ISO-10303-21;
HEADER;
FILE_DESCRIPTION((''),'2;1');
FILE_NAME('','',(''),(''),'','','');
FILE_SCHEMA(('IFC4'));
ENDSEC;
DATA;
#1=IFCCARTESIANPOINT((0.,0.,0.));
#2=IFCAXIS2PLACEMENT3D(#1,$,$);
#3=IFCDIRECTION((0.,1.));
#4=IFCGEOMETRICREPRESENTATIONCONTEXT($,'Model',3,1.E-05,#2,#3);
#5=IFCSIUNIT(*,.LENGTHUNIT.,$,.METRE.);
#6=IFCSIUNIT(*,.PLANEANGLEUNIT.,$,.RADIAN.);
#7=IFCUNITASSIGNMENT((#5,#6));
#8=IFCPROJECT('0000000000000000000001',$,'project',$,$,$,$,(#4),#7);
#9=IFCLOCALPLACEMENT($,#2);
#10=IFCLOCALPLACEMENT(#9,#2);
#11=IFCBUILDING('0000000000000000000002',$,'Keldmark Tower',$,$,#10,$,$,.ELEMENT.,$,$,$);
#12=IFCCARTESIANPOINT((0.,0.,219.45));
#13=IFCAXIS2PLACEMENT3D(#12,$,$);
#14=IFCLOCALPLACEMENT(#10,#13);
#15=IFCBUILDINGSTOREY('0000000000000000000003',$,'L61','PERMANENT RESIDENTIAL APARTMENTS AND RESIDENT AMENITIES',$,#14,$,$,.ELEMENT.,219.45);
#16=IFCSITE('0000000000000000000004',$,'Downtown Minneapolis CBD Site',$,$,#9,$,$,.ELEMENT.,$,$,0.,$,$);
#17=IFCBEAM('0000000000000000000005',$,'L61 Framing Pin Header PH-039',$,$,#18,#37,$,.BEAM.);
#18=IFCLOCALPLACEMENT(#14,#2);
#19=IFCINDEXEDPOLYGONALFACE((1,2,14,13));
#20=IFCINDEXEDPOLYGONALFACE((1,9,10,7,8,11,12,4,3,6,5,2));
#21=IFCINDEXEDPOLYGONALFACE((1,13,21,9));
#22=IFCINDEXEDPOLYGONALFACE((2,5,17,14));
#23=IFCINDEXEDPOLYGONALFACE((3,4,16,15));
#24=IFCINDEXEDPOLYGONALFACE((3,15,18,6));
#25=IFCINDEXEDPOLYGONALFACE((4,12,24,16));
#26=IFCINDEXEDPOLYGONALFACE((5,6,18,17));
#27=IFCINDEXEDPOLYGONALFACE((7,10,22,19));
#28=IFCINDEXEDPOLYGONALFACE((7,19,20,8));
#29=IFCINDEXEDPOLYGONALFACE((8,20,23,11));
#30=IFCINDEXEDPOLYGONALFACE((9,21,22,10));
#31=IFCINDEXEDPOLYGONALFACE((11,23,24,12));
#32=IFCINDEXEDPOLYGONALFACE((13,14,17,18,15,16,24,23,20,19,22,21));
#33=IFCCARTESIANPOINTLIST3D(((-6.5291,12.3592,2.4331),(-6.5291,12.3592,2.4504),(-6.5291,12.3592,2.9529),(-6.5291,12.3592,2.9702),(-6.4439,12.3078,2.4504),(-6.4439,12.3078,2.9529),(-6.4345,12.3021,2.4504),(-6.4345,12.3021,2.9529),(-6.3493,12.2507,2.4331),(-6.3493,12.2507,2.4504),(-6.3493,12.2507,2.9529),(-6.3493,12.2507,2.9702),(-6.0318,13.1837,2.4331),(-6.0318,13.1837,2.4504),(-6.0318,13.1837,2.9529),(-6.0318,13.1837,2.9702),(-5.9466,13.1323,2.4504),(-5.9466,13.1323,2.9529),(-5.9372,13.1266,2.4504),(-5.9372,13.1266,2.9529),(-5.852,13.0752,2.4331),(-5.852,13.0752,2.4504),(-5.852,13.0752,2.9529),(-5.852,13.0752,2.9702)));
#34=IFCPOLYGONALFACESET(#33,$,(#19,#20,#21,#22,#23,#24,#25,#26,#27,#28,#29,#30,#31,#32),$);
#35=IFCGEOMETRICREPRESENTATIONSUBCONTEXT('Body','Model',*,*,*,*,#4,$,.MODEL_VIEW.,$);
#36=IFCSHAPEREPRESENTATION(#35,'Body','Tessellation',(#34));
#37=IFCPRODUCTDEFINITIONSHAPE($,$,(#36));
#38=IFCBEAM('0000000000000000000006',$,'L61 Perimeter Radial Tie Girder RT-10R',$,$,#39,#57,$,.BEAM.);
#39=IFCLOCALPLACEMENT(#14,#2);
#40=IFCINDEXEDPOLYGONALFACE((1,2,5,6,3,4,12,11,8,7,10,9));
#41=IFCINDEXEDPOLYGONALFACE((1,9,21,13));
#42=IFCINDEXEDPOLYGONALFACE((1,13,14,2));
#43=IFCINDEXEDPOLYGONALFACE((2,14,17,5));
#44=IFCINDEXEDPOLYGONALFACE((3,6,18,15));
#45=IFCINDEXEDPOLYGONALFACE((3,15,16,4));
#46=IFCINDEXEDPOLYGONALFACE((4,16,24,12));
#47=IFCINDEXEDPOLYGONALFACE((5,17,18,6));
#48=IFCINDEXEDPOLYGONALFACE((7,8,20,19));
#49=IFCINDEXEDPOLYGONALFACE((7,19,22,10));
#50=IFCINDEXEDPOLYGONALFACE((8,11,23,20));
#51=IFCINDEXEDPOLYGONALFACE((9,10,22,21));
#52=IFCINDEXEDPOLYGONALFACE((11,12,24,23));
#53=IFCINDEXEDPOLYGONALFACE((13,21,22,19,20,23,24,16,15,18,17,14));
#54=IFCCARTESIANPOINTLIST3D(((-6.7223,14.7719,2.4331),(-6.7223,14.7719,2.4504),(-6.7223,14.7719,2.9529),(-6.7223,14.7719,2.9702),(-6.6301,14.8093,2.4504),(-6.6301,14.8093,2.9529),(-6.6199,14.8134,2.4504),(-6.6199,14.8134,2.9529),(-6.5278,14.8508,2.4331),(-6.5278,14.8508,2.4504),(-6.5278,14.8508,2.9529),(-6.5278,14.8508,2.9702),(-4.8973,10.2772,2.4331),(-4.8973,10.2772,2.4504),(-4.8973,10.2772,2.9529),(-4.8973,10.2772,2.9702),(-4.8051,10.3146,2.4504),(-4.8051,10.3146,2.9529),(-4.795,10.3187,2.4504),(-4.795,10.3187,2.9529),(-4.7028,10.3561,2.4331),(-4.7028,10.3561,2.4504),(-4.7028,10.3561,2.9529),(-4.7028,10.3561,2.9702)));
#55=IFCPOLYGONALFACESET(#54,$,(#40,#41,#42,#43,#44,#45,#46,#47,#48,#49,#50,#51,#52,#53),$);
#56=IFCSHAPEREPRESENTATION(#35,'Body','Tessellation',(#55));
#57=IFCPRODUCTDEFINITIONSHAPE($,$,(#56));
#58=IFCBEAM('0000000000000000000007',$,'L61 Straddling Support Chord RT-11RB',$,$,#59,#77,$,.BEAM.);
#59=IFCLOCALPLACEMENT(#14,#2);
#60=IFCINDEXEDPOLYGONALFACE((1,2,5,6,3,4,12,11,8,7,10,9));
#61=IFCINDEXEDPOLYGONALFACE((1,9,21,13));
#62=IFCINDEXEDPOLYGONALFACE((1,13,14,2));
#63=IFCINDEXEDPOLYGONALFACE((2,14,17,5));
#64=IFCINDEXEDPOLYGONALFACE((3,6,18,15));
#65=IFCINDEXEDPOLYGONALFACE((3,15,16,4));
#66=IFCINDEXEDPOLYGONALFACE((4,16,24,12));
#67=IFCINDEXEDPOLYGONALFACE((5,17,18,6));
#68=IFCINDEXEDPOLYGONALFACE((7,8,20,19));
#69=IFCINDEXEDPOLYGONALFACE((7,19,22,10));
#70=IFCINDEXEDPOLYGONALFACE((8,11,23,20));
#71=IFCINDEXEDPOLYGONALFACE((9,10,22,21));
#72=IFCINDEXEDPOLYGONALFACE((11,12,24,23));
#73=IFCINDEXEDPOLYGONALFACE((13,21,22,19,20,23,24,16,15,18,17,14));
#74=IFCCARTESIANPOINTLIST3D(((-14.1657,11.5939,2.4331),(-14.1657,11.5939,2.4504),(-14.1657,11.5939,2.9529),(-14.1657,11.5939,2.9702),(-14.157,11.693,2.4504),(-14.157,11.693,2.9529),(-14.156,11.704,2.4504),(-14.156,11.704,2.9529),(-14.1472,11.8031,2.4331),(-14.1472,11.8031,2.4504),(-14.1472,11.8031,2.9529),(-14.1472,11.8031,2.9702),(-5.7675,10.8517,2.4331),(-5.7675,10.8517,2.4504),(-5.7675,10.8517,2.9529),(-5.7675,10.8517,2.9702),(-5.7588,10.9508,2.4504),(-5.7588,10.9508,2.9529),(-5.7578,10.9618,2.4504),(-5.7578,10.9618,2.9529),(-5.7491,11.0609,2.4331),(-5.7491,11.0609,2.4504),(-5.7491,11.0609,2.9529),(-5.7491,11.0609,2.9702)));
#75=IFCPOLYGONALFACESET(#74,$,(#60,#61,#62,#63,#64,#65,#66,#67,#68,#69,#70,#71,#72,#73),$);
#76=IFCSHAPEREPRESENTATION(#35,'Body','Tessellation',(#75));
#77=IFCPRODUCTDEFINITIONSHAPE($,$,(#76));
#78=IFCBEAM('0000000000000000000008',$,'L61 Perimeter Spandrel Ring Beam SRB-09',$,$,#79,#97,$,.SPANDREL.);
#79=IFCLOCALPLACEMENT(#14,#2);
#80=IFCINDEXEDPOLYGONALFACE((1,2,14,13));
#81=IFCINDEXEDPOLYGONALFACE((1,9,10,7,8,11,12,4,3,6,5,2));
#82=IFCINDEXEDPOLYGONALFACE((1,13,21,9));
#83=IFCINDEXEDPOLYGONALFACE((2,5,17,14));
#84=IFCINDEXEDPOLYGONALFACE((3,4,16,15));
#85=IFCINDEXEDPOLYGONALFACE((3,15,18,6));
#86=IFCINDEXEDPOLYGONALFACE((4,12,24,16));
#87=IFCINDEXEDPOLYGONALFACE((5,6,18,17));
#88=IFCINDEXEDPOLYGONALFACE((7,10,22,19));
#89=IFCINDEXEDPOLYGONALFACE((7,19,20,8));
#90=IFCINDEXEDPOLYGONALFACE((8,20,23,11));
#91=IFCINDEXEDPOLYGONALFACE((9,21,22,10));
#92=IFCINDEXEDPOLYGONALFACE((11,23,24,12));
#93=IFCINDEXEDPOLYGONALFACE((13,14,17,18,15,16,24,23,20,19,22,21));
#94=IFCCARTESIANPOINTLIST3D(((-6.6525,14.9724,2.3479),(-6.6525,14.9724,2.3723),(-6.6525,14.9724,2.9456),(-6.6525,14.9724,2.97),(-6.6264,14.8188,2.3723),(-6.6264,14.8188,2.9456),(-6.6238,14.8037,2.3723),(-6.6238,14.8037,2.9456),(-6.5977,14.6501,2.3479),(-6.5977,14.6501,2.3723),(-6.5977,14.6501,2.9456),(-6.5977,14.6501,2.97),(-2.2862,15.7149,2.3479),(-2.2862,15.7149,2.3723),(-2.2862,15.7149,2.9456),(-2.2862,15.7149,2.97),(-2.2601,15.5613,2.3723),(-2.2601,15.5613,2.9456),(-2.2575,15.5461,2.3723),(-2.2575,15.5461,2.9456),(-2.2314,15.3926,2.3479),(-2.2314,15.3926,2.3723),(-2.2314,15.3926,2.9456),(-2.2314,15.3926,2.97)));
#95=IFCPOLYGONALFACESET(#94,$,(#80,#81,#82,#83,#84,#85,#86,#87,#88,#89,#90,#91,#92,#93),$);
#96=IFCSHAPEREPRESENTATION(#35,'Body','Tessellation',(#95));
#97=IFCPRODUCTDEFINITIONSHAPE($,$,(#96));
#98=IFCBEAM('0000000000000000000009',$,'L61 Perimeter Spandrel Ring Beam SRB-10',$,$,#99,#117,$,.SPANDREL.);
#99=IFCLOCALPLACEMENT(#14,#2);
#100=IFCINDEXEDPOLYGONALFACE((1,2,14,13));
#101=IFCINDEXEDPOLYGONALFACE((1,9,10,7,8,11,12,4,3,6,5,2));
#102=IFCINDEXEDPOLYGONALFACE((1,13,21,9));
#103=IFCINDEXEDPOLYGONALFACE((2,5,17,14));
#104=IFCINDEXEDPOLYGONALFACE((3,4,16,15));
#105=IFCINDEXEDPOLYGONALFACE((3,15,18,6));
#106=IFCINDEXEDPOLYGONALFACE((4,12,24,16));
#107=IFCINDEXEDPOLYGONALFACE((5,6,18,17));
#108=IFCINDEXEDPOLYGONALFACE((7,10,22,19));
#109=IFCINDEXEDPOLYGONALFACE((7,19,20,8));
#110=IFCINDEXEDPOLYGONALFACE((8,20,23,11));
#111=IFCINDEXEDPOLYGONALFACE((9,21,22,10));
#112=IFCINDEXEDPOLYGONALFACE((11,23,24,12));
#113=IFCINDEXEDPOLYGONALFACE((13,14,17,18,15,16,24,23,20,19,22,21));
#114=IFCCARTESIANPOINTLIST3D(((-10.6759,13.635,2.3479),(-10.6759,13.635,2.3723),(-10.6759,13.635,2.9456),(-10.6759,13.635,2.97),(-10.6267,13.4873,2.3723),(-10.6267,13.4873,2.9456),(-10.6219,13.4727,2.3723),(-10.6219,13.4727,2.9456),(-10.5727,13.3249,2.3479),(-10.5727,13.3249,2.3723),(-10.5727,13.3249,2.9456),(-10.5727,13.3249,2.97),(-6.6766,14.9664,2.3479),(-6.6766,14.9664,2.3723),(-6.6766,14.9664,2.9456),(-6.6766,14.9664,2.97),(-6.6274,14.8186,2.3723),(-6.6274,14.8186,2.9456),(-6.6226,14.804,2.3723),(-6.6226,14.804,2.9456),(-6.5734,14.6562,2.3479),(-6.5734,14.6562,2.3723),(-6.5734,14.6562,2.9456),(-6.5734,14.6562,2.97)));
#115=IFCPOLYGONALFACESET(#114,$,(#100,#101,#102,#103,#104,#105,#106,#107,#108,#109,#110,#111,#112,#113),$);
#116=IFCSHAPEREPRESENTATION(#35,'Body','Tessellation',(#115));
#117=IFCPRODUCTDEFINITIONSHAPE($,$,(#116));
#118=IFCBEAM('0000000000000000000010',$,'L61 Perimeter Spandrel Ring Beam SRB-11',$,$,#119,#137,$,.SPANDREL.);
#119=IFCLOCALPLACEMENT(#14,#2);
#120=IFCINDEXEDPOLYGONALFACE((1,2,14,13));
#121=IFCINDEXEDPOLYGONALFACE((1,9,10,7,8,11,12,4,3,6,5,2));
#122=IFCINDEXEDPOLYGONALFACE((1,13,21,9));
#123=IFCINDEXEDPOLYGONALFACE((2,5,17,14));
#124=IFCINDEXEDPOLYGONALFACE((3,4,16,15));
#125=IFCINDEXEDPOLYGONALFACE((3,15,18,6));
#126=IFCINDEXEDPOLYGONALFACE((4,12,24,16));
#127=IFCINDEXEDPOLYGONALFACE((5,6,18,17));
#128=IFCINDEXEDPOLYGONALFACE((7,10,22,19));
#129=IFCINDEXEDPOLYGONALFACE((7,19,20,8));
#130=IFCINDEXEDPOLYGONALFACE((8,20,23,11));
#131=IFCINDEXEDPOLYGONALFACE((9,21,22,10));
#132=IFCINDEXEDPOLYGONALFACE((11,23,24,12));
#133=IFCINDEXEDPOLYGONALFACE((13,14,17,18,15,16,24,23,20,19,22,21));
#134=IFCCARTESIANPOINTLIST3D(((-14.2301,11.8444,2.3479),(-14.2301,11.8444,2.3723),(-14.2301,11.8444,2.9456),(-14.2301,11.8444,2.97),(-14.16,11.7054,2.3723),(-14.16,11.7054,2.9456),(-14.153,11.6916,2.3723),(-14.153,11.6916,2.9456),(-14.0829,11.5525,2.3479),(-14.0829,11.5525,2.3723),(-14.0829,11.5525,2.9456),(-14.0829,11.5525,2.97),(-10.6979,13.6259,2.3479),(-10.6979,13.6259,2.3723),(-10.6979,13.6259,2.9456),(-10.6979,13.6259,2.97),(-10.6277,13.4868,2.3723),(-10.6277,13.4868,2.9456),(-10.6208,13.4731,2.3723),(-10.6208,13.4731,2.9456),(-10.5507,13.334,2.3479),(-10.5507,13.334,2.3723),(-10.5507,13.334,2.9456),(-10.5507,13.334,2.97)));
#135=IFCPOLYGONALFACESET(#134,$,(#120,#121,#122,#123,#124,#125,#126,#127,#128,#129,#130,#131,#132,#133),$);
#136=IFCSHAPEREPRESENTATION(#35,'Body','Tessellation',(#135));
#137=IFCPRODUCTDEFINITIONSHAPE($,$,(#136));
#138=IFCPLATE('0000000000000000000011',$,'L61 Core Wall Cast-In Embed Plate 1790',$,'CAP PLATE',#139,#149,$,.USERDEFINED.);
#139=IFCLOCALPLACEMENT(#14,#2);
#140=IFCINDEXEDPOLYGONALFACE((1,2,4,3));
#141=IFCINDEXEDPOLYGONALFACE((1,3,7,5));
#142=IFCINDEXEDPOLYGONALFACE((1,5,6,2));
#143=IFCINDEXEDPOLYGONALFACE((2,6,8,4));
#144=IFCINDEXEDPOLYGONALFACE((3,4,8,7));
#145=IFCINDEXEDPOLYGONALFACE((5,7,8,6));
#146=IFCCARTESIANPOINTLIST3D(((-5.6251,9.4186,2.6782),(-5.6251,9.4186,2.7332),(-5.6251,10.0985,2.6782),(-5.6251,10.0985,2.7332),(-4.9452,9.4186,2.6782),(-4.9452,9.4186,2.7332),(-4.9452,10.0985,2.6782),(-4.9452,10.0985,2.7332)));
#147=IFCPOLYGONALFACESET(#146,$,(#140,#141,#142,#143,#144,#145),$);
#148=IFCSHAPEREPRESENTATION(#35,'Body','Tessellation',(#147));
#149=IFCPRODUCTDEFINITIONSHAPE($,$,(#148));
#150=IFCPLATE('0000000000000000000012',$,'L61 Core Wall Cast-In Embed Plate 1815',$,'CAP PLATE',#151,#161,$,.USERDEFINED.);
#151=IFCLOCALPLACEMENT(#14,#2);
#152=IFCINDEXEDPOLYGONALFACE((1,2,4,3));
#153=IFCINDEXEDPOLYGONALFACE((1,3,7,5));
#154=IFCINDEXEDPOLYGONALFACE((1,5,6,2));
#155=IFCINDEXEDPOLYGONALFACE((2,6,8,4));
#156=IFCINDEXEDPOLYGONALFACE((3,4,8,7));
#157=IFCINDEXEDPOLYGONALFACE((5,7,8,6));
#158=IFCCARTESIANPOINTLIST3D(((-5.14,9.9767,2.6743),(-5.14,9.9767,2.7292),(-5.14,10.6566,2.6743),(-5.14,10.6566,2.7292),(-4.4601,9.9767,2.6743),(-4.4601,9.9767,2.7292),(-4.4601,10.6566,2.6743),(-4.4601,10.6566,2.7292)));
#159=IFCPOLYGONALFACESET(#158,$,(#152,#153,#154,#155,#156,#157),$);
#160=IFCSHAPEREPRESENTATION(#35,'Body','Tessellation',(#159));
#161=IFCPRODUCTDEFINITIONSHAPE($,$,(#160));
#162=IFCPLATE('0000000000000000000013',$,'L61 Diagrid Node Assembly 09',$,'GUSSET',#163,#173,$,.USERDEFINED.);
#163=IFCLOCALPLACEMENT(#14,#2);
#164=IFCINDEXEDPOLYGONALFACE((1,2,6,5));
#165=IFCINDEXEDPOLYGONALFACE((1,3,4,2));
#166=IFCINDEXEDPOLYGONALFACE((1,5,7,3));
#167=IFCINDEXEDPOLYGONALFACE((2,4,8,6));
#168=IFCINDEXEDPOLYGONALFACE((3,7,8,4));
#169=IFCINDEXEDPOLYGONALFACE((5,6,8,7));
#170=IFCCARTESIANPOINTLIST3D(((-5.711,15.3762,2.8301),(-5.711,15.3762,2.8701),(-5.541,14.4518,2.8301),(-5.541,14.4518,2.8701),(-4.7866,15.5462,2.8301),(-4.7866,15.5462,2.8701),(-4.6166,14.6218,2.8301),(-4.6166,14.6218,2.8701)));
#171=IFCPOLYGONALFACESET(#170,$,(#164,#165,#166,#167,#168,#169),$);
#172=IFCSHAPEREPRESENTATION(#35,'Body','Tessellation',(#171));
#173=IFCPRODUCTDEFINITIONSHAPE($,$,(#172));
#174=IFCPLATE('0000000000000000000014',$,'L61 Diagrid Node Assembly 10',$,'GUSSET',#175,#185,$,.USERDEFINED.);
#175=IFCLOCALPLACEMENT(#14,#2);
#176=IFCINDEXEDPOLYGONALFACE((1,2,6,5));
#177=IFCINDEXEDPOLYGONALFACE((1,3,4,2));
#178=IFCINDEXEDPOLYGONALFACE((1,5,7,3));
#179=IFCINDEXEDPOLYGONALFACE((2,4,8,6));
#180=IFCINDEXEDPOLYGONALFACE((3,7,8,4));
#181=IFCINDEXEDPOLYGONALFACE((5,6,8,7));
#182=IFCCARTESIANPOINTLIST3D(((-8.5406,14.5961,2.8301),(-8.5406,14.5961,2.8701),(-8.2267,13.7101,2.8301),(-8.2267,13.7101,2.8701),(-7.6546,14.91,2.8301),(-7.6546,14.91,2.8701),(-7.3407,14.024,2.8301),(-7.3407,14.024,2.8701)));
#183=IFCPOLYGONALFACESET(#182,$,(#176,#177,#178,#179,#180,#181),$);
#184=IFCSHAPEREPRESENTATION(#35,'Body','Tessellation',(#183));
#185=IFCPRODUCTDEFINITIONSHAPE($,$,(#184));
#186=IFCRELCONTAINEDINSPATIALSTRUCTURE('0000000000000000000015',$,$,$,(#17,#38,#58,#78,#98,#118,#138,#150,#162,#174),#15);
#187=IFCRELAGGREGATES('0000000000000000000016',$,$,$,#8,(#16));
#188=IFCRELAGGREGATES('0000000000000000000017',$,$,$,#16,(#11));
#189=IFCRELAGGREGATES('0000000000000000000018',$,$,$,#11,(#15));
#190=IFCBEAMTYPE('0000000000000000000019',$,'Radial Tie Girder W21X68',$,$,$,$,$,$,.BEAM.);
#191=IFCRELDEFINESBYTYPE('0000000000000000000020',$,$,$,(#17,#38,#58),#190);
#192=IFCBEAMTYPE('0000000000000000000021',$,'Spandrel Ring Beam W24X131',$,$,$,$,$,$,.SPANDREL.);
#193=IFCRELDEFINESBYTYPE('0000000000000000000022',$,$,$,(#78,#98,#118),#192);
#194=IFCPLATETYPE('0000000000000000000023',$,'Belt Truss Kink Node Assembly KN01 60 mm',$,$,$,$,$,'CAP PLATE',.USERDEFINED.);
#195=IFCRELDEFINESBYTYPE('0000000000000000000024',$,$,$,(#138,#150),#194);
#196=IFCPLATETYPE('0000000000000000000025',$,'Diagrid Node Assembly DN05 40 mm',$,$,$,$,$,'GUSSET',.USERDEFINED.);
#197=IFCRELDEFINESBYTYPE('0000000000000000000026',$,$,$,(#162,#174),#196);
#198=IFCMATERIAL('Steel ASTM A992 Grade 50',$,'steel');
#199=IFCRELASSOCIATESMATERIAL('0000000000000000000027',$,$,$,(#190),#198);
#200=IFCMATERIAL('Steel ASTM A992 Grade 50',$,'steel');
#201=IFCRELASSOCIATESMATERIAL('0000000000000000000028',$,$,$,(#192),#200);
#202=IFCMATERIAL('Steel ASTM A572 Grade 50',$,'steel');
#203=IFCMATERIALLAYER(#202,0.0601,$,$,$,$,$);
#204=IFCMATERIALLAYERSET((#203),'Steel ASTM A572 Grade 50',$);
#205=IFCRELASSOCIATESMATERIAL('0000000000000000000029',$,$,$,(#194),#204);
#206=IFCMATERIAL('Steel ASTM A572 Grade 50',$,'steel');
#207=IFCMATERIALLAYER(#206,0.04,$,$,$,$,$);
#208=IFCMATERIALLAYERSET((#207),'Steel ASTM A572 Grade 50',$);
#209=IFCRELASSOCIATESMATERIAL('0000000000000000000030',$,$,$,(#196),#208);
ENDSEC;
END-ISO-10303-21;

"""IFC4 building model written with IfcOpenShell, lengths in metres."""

from ifc_helpers import new_model, si_unit, direction, frame, origin, origin_2d, place, context, subcontext, project, spatial, rectangle, i_section, extrude, material, layer, layer_set, material_profile, profile_set, type_object, element, save


model = new_model("IFC4")

# Units and contexts
model_context = context("Model", 3, precision=1e-05, world=origin(), true_north=direction((0.0, 1.0)))
body_context = subcontext(model_context, "Body", "Model", "MODEL_VIEW")
ifc_project = project(units=[si_unit("LENGTHUNIT", "METRE"), si_unit("PLANEANGLEUNIT", "RADIAN")], contexts=[model_context])

# Site, building, storey
site_placement = place(None, origin())
site = spatial("IfcSite", under=ifc_project, at=site_placement, Name="Downtown Minneapolis CBD Site", CompositionType="ELEMENT", RefElevation=0.0)
building_placement = place(site_placement, origin())
building = spatial("IfcBuilding", under=site, at=building_placement, Name="Keldmark Tower", CompositionType="ELEMENT")
storey_placement = place(building_placement, frame((0.0, 0.0, 219.45)))
storey = spatial("IfcBuildingStorey", under=building, at=storey_placement, Name="L61", Description="PERMANENT RESIDENTIAL APARTMENTS AND RESIDENT AMENITIES", CompositionType="ELEMENT", Elevation=219.45)

# Beams
ifc_material_1 = material(Name="Steel ASTM A992 Grade 50", Category="steel")
ifc_material_profile_1 = material_profile(ifc_material_1, i_section(OverallWidth=0.21, OverallDepth=0.5371, WebThickness=0.011, FlangeThickness=0.0173, at=origin_2d()), Name="W21X68")
ifc_profile_set_1 = profile_set([ifc_material_profile_1], Name="Steel ASTM A992 Grade 50")
beam_type_1 = type_object("IfcBeamType", Name="Radial Tie Girder W21X68", PredefinedType="BEAM", material=ifc_profile_set_1)
beam_1_placement = place(storey_placement, frame((-6.4392, 12.3049, 2.7017), z_axis=(0.516508, 0.856282, 0.0), x_axis=(-0.856282, 0.516508, 0.0)))
element("IfcBeam", 1, at=beam_1_placement, inside=storey, type_object=beam_type_1, Name="L61 Framing Pin Header PH-039", PredefinedType="BEAM", context=body_context, shape_type="SweptSolid", body=[
    extrude(i_section(OverallWidth=0.21, OverallDepth=0.5371, WebThickness=0.011, FlangeThickness=0.0173, at=origin_2d()), origin(), (0.0, 0.0, 1.0), 0.9629),
])
beam_2_placement = place(storey_placement, frame((-4.8, 10.3167, 2.7017), z_axis=(-0.376202, 0.926538, 0.0), x_axis=(-0.926538, -0.376202, 0.0)))
element("IfcBeam", 2, at=beam_2_placement, inside=storey, type_object=beam_type_1, Name="L61 Perimeter Radial Tie Girder RT-10R", PredefinedType="BEAM", context=body_context, shape_type="SweptSolid", body=[
    extrude(i_section(OverallWidth=0.21, OverallDepth=0.5371, WebThickness=0.011, FlangeThickness=0.0173, at=origin_2d()), origin(), (0.0, 0.0, 1.0), 4.8511),
])
beam_3_placement = place(storey_placement, frame((-5.7583, 10.9563, 2.7017), z_axis=(-0.996118, 0.088032, 0.0), x_axis=(-0.088032, -0.996118, 0.0)))
element("IfcBeam", 3, at=beam_3_placement, inside=storey, type_object=beam_type_1, Name="L61 Straddling Support Chord RT-11RB", PredefinedType="BEAM", context=body_context, shape_type="SweptSolid", body=[
    extrude(i_section(OverallWidth=0.21, OverallDepth=0.5371, WebThickness=0.011, FlangeThickness=0.0173, at=origin_2d()), origin(), (0.0, 0.0, 1.0), 8.4309),
])
ifc_material_2 = material(Name="Steel ASTM A992 Grade 50", Category="steel")
ifc_material_profile_2 = material_profile(ifc_material_2, i_section(OverallWidth=0.3269, OverallDepth=0.6221, WebThickness=0.0154, FlangeThickness=0.0244, at=origin_2d()), Name="W24X131")
ifc_profile_set_2 = profile_set([ifc_material_profile_2], Name="Steel ASTM A992 Grade 50")
beam_type_2 = type_object("IfcBeamType", Name="Spandrel Ring Beam W24X131", PredefinedType="SPANDREL", material=ifc_profile_set_2)
beam_4_placement = place(storey_placement, frame((-2.2588, 15.5537, 2.6589), z_axis=(-0.985849, -0.167634, 0.0), x_axis=(0.167634, -0.985849, 0.0)))
element("IfcBeam", 4, at=beam_4_placement, inside=storey, type_object=beam_type_2, Name="L61 Perimeter Spandrel Ring Beam SRB-09", PredefinedType="SPANDREL", context=body_context, shape_type="SweptSolid", body=[
    extrude(i_section(OverallWidth=0.3269, OverallDepth=0.6221, WebThickness=0.0154, FlangeThickness=0.0244, at=origin_2d()), origin(), (0.0, 0.0, 1.0), 4.429),
])
beam_5_placement = place(storey_placement, frame((-6.625, 14.8113, 2.6589), z_axis=(-0.948811, -0.315845, 0.0), x_axis=(0.315845, -0.948811, 0.0)))
element("IfcBeam", 5, at=beam_5_placement, inside=storey, type_object=beam_type_2, Name="L61 Perimeter Spandrel Ring Beam SRB-10", PredefinedType="SPANDREL", context=body_context, shape_type="SweptSolid", body=[
    extrude(i_section(OverallWidth=0.3269, OverallDepth=0.6221, WebThickness=0.0154, FlangeThickness=0.0244, at=origin_2d()), origin(), (0.0, 0.0, 1.0), 4.2151),
])
beam_6_placement = place(storey_placement, frame((-10.6243, 13.48, 2.6589), z_axis=(-0.892867, -0.450321, 0.0), x_axis=(0.450321, -0.892867, 0.0)))
element("IfcBeam", 6, at=beam_6_placement, inside=storey, type_object=beam_type_2, Name="L61 Perimeter Spandrel Ring Beam SRB-11", PredefinedType="SPANDREL", context=body_context, shape_type="SweptSolid", body=[
    extrude(i_section(OverallWidth=0.3269, OverallDepth=0.6221, WebThickness=0.0154, FlangeThickness=0.0244, at=origin_2d()), origin(), (0.0, 0.0, 1.0), 3.9561),
])

# Plates
ifc_material_3 = material(Name="Steel ASTM A572 Grade 50", Category="steel")
ifc_layer_1 = layer(ifc_material_3, 0.0601)
ifc_layer_set_1 = layer_set([ifc_layer_1], Name="Steel ASTM A572 Grade 50")
plate_type_1 = type_object("IfcPlateType", Name="Belt Truss Kink Node Assembly KN01 60 mm", ElementType="CAP PLATE", PredefinedType="USERDEFINED", material=ifc_layer_set_1)
for number, where, z_axis, x_axis, name in (
    (7, (-5.2852, 9.7585, 2.6782), (0.0, 0.0, 1.0), (1.0, 0.0, 0.0), "L61 Core Wall Cast-In Embed Plate 1790"),
    (8, (-4.8, 10.3167, 2.6743), (0.0, 0.0, 1.0), (1.0, 0.0, 0.0), "L61 Core Wall Cast-In Embed Plate 1815"),
):
    element("IfcPlate", number, at=place(storey_placement, frame(where, z_axis=z_axis, x_axis=x_axis)), inside=storey, type_object=plate_type_1, Name=name, ObjectType="CAP PLATE", PredefinedType="USERDEFINED", context=body_context, shape_type="SweptSolid", body=[
        extrude(rectangle(XDim=0.6799, YDim=0.6799, at=origin_2d()), origin(), (0.0, 0.0, 1.0), 0.0549),
    ])
ifc_material_4 = material(Name="Steel ASTM A572 Grade 50", Category="steel")
ifc_layer_2 = layer(ifc_material_4, 0.04)
ifc_layer_set_2 = layer_set([ifc_layer_2], Name="Steel ASTM A572 Grade 50")
plate_type_2 = type_object("IfcPlateType", Name="Diagrid Node Assembly DN05 40 mm", ElementType="GUSSET", PredefinedType="USERDEFINED", material=ifc_layer_set_2)
for number, where, z_axis, x_axis, name in (
    (9, (-5.1638, 14.999, 2.8301), (0.0, 0.0, 1.0), (-0.983508, -0.180862, 0.0), "L61 Diagrid Node Assembly 09"),
    (10, (-7.9407, 14.3101, 2.8301), (0.0, 0.0, 1.0), (-0.942583, -0.333971, 0.0), "L61 Diagrid Node Assembly 10"),
):
    element("IfcPlate", number, at=place(storey_placement, frame(where, z_axis=z_axis, x_axis=x_axis)), inside=storey, type_object=plate_type_2, Name=name, ObjectType="GUSSET", PredefinedType="USERDEFINED", context=body_context, shape_type="SweptSolid", body=[
        extrude(rectangle(XDim=0.9399, YDim=0.9399, at=origin_2d()), origin(), (0.0, 0.0, 1.0), 0.04),
    ])

save(model, "model.ifc")
